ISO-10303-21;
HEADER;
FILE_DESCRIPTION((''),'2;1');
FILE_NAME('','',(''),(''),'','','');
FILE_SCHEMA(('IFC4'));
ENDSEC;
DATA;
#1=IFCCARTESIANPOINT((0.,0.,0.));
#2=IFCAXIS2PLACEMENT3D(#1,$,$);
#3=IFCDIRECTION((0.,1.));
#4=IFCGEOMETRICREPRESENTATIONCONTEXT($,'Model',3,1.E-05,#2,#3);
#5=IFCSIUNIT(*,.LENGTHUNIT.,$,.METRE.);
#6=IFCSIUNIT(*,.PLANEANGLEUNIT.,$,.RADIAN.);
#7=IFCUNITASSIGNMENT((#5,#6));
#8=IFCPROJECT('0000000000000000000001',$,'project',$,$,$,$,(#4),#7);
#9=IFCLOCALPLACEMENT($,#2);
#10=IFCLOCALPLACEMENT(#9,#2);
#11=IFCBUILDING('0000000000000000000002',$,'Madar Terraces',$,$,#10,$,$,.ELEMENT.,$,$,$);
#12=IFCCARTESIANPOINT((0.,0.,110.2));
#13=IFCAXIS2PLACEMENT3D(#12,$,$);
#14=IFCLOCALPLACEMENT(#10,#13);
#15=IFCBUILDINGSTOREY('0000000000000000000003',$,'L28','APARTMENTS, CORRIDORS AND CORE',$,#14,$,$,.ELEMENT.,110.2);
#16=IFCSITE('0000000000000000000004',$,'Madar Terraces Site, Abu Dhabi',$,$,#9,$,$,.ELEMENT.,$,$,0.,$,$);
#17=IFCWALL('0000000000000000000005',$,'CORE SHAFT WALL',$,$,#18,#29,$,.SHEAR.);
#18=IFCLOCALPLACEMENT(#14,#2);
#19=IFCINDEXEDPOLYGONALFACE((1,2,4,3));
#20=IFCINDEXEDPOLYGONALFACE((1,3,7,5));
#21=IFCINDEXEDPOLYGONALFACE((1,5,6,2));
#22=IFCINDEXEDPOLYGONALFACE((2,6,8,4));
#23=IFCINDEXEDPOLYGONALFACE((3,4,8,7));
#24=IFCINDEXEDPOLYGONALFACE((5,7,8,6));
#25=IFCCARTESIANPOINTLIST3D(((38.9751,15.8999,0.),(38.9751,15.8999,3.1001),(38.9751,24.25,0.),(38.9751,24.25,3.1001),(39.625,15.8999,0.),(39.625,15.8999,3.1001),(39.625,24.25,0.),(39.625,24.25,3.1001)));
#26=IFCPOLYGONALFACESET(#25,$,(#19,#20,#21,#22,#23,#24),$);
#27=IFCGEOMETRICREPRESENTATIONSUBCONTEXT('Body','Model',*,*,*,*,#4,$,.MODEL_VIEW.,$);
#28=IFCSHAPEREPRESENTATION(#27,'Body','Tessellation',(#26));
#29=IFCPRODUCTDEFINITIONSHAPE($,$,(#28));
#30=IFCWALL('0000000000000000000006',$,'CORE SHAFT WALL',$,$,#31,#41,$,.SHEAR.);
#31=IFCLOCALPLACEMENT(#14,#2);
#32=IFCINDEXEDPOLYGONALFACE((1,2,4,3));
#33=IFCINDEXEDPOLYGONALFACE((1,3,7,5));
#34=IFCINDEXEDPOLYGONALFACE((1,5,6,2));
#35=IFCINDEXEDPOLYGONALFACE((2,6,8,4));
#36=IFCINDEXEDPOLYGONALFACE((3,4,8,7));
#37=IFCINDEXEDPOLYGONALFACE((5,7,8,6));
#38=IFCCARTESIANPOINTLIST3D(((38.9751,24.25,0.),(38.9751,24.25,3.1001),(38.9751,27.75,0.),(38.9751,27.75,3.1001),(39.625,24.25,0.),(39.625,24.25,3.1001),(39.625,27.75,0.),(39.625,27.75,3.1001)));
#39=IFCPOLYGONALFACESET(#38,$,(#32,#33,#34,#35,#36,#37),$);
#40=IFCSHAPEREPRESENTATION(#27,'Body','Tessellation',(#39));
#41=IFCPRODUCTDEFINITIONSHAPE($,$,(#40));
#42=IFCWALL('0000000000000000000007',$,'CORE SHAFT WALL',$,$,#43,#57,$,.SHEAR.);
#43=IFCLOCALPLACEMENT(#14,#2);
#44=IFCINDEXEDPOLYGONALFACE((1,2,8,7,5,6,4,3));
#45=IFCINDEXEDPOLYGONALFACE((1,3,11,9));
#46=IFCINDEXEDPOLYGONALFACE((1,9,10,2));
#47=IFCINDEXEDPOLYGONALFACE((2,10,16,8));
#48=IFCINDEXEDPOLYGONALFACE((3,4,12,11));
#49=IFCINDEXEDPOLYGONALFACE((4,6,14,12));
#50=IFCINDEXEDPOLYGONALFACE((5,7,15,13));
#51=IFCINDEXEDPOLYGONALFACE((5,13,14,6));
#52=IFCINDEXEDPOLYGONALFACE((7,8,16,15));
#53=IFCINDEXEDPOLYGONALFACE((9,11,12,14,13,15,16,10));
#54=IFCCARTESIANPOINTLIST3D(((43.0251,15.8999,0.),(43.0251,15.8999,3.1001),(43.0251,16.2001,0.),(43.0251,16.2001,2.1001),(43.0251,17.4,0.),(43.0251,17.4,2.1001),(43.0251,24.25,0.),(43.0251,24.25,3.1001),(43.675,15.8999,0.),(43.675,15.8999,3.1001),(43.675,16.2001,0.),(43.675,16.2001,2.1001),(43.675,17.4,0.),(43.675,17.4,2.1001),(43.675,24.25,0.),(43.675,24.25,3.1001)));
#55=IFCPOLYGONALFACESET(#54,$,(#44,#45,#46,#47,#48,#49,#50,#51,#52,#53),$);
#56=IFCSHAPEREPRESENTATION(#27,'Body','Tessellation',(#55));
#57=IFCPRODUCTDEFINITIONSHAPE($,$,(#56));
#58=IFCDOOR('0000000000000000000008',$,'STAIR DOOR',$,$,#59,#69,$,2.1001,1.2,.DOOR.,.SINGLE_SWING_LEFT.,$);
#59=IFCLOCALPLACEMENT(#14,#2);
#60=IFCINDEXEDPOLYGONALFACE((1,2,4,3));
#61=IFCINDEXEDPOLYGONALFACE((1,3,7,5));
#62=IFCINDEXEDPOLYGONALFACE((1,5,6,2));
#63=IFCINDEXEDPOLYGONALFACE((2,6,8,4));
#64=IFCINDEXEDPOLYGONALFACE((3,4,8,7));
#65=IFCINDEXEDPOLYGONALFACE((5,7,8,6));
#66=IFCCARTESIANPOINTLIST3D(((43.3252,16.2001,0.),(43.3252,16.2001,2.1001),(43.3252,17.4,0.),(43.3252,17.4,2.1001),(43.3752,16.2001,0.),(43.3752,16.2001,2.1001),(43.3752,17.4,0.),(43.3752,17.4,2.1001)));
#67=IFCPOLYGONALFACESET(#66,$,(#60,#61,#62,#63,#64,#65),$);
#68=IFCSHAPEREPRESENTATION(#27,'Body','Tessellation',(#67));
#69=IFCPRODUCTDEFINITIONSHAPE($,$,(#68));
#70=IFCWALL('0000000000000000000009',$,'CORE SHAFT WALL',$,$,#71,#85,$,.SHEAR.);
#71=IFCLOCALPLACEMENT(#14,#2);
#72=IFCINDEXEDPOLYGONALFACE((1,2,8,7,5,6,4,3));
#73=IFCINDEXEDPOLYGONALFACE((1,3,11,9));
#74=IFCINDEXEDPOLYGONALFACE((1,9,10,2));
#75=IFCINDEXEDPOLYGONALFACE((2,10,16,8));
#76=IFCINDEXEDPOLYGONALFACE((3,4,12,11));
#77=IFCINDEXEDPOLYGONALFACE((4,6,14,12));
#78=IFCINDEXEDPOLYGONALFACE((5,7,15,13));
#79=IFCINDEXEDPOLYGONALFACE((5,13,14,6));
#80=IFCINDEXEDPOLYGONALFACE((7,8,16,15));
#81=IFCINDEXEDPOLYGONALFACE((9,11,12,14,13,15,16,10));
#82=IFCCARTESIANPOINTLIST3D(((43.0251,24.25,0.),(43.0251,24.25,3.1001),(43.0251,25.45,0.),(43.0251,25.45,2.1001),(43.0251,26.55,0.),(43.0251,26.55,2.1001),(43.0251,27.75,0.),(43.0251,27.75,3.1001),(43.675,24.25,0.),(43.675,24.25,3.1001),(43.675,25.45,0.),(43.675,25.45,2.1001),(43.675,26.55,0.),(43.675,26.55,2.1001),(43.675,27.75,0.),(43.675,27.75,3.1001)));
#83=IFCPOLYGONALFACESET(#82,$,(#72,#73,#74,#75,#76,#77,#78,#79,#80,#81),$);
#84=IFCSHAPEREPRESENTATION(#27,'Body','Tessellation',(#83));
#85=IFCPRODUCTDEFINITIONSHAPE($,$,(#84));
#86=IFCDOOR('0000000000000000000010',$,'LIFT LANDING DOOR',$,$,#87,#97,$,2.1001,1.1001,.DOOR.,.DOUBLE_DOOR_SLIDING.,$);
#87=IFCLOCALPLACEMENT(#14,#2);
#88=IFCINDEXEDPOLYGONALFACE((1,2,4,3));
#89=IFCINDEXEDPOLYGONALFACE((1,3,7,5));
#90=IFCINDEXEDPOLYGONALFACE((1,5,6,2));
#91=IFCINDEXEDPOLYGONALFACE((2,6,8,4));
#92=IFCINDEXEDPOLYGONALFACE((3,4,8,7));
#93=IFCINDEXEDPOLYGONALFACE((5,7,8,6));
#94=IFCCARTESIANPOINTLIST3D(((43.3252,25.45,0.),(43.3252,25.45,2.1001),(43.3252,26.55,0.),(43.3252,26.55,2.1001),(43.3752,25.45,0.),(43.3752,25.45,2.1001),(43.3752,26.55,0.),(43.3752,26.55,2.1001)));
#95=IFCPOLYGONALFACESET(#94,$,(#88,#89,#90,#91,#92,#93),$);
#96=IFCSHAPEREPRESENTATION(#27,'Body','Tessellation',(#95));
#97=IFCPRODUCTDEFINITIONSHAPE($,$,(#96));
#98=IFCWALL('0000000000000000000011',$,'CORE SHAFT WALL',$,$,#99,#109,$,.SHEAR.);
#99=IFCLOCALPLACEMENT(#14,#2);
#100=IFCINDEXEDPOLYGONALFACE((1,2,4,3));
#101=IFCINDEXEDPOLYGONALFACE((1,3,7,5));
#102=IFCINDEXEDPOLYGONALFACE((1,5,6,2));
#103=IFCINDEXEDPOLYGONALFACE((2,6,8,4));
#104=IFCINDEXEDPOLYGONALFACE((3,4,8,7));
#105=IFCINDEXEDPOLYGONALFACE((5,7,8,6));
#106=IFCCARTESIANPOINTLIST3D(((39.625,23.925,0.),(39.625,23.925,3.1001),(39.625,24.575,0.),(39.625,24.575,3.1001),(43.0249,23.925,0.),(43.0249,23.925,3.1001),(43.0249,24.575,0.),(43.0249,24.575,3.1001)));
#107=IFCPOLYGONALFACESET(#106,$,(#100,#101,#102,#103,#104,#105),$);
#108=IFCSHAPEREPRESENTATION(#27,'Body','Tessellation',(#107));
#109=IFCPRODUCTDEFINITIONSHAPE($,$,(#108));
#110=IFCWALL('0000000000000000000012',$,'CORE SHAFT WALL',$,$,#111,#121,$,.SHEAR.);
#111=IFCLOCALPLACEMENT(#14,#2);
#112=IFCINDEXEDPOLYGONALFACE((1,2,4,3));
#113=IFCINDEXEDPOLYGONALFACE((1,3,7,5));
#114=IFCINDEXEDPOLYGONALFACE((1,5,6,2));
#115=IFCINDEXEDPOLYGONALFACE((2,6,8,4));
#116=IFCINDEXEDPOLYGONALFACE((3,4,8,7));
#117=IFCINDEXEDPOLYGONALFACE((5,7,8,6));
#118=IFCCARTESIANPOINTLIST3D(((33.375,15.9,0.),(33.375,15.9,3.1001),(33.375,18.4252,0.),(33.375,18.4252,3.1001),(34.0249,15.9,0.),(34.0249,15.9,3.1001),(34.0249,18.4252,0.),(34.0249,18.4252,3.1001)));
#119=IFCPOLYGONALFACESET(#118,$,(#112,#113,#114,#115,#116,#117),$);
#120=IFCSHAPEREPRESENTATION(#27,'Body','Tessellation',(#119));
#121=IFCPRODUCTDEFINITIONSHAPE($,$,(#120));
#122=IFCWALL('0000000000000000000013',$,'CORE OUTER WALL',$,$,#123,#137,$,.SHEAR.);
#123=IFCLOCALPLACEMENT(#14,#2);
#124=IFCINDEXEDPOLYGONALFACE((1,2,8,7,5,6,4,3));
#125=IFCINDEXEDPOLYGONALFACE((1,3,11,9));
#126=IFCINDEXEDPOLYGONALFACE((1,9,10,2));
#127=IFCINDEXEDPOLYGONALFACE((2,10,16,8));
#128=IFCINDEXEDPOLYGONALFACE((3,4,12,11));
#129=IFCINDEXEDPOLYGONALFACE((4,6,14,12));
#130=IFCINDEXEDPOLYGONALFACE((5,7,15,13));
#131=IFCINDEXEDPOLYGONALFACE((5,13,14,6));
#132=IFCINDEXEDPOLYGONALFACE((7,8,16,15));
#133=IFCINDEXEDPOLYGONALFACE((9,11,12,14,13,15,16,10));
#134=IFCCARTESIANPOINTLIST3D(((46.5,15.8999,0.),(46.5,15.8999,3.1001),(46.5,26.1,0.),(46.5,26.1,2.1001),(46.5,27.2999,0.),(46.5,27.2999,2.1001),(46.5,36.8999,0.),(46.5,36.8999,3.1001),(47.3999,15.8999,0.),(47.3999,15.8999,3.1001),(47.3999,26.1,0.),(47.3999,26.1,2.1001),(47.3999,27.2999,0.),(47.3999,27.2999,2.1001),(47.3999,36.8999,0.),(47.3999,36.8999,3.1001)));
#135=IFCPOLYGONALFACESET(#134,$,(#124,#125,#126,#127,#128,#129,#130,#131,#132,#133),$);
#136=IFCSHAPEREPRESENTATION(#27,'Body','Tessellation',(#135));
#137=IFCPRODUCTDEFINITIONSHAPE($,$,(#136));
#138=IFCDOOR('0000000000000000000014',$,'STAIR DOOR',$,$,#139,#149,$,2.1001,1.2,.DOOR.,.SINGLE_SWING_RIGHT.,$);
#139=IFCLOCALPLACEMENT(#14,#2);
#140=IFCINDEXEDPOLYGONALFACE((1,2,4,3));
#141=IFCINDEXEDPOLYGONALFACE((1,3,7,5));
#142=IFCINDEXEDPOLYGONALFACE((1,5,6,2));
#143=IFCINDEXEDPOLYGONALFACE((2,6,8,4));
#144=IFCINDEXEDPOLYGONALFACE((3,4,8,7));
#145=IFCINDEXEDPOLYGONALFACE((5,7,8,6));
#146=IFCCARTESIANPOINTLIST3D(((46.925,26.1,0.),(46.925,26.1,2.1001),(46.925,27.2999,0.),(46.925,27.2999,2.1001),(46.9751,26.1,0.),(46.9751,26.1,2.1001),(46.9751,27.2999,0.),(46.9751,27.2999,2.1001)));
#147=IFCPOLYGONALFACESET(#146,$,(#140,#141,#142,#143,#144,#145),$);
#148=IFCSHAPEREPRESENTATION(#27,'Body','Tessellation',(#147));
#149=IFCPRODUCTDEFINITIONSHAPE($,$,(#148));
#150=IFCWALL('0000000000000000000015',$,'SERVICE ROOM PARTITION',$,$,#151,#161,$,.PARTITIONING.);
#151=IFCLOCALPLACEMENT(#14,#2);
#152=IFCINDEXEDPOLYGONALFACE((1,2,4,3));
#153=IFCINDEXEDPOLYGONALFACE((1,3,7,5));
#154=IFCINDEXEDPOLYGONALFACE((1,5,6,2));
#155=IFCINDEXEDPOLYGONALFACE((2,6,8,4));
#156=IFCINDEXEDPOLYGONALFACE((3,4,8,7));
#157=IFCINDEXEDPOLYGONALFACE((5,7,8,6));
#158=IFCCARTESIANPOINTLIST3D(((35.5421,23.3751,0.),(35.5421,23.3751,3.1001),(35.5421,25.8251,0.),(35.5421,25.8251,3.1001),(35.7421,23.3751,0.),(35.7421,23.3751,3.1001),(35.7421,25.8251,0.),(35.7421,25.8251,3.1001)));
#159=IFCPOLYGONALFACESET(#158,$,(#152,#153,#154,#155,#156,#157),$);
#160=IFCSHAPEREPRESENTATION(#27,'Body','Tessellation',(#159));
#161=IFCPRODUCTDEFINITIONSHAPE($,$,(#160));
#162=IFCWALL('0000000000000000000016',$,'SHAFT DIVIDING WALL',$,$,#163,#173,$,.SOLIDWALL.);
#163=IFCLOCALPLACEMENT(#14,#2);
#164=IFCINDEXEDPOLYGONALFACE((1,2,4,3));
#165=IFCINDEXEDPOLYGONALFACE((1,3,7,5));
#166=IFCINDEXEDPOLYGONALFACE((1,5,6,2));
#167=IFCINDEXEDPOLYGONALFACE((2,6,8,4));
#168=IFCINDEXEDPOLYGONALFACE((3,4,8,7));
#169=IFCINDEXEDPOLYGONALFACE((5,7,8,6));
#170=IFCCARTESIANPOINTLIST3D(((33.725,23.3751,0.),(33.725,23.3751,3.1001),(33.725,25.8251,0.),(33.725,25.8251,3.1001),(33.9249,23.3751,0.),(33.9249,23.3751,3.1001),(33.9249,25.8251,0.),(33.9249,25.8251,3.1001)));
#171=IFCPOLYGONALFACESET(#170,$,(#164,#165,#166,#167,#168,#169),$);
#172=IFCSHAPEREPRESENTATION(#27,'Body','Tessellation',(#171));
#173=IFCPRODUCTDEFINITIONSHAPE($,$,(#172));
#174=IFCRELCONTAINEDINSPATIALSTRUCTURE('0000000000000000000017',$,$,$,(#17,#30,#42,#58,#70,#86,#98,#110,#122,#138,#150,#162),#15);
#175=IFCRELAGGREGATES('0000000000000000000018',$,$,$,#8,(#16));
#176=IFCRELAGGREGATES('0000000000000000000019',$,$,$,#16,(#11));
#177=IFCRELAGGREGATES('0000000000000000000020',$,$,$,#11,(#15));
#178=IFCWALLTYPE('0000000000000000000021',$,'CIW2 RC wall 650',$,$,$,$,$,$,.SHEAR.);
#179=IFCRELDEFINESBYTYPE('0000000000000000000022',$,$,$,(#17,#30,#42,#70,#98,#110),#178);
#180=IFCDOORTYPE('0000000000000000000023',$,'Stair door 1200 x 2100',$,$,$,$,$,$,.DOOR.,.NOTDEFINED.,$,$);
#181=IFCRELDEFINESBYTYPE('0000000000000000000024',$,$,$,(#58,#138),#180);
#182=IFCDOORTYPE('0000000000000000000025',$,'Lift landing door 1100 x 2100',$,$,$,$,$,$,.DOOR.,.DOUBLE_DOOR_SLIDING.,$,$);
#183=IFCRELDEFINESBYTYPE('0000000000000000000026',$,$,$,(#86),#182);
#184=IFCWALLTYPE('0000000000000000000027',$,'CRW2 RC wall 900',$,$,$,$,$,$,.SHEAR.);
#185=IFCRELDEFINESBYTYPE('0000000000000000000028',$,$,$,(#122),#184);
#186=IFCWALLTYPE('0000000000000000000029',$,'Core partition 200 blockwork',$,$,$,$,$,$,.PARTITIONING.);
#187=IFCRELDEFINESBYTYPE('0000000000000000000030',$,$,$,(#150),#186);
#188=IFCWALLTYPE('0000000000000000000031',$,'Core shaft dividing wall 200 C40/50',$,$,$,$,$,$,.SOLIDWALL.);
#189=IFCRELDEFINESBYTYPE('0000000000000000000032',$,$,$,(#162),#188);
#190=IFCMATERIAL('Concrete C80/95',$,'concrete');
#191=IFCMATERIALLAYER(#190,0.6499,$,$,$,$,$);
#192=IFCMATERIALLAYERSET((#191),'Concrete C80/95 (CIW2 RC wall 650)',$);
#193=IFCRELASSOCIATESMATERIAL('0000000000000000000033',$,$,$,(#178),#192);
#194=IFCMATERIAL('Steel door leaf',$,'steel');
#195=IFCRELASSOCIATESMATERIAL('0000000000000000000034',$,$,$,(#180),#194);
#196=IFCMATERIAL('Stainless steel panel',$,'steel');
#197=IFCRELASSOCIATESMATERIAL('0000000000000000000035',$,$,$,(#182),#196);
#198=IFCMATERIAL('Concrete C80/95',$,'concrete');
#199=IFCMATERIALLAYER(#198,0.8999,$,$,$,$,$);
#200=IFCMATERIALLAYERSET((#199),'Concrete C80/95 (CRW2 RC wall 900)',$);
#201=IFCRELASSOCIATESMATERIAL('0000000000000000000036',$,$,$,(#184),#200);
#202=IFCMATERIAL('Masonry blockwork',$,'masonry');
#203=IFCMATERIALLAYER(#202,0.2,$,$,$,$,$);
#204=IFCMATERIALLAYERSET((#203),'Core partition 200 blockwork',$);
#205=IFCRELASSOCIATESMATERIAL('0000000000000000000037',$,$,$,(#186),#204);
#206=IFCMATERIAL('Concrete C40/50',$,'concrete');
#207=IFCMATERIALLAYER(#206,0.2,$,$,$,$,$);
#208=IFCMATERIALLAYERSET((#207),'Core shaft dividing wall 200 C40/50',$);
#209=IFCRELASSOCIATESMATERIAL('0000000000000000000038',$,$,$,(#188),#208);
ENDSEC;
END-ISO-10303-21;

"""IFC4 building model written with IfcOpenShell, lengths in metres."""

from ifc_helpers import new_model, si_unit, direction, frame, frame_2d, origin, place, context, subcontext, project, spatial, rectangle, extrude, material, layer, layer_set, type_object, element, fill, save


model = new_model("IFC4")

# Units and contexts
model_context = context("Model", 3, precision=1e-05, world=origin(), true_north=direction((0.0, 1.0)))
body_context = subcontext(model_context, "Body", "Model", "MODEL_VIEW")
ifc_project = project(units=[si_unit("LENGTHUNIT", "METRE"), si_unit("PLANEANGLEUNIT", "RADIAN")], contexts=[model_context])

# Site, building, storey
site_placement = place(None, origin())
site = spatial("IfcSite", under=ifc_project, at=site_placement, Name="Madar Terraces Site, Abu Dhabi", CompositionType="ELEMENT", RefElevation=0.0)
building_placement = place(site_placement, origin())
building = spatial("IfcBuilding", under=site, at=building_placement, Name="Madar Terraces", CompositionType="ELEMENT")
storey_placement = place(building_placement, frame((0.0, 0.0, 110.2)))
storey = spatial("IfcBuildingStorey", under=building, at=storey_placement, Name="L28", Description="APARTMENTS, CORRIDORS AND CORE", CompositionType="ELEMENT", Elevation=110.2)

# Walls
ifc_material_1 = material(Name="Concrete C80/95", Category="concrete")
ifc_layer_1 = layer(ifc_material_1, 0.6499)
ifc_layer_set_1 = layer_set([ifc_layer_1], Name="Concrete C80/95 (CIW2 RC wall 650)")
wall_type_1 = type_object("IfcWallType", Name="CIW2 RC wall 650", PredefinedType="SHEAR", material=ifc_layer_set_1)
wall_1_placement = place(storey_placement, frame((39.3, 15.8999, 0.0), z_axis=(0.0, 0.0, 1.0), x_axis=(0.0, 1.0, 0.0)))
element("IfcWall", 1, at=wall_1_placement, inside=storey, type_object=wall_type_1, Name="CORE SHAFT WALL", PredefinedType="SHEAR", context=body_context, shape_type="SweptSolid", body=[
    extrude(rectangle(XDim=8.3501, YDim=0.6499, at=frame_2d((4.175, 0.0))), origin(), (0.0, 0.0, 1.0), 3.1001),
])
wall_2_placement = place(storey_placement, frame((39.3, 24.25, 0.0), z_axis=(0.0, 0.0, 1.0), x_axis=(0.0, 1.0, 0.0)))
element("IfcWall", 2, at=wall_2_placement, inside=storey, type_object=wall_type_1, Name="CORE SHAFT WALL", PredefinedType="SHEAR", context=body_context, shape_type="SweptSolid", body=[
    extrude(rectangle(XDim=3.5, YDim=0.6499, at=frame_2d((1.75, 0.0))), origin(), (0.0, 0.0, 1.0), 3.1001),
])

# Walls, openings, doors
wall_3_placement = place(storey_placement, frame((43.3501, 15.8999, 0.0), z_axis=(0.0, 0.0, 1.0), x_axis=(0.0, 1.0, 0.0)))
wall_3 = element("IfcWall", 3, at=wall_3_placement, inside=storey, type_object=wall_type_1, Name="CORE SHAFT WALL", PredefinedType="SHEAR", context=body_context, shape_type="SweptSolid", body=[
    extrude(rectangle(XDim=8.3501, YDim=0.6499, at=frame_2d((4.175, 0.0))), origin(), (0.0, 0.0, 1.0), 3.1001),
])
opening_1_placement = place(wall_3_placement, frame((0.3, 0.0, 0.0)))
opening_1 = element("IfcOpeningElement", 4, at=opening_1_placement, cuts=wall_3, PredefinedType="OPENING", context=body_context, shape_type="SweptSolid", body=[
    extrude(rectangle(XDim=1.2, YDim=2.1001, at=frame_2d((0.6001, 1.05))), frame((0.0, 0.335, 0.0), z_axis=(0.0, -1.0, 0.0), x_axis=(1.0, 0.0, 0.0)), (0.0, 0.0, 1.0), 0.6699),
])
ifc_material_2 = material(Name="Steel door leaf", Category="steel")
door_type_1 = type_object("IfcDoorType", Name="Stair door 1200 x 2100", OperationType="NOTDEFINED", PredefinedType="DOOR", material=ifc_material_2)
door_1_placement = place(opening_1_placement, origin())
door_1 = element("IfcDoor", 5, at=door_1_placement, inside=storey, type_object=door_type_1, Name="STAIR DOOR", OperationType="SINGLE_SWING_LEFT", OverallHeight=2.1001, OverallWidth=1.2, PredefinedType="DOOR", context=body_context, shape_type="SweptSolid", body=[
    extrude(rectangle(XDim=1.2, YDim=2.1001, at=frame_2d((0.6001, 1.05))), frame((0.0, 0.0249, 0.0), z_axis=(0.0, -1.0, 0.0), x_axis=(1.0, 0.0, 0.0)), (0.0, 0.0, 1.0), 0.05),
])
fill(opening_1, door_1)
wall_4_placement = place(storey_placement, frame((43.3501, 24.25, 0.0), z_axis=(0.0, 0.0, 1.0), x_axis=(0.0, 1.0, 0.0)))
wall_4 = element("IfcWall", 6, at=wall_4_placement, inside=storey, type_object=wall_type_1, Name="CORE SHAFT WALL", PredefinedType="SHEAR", context=body_context, shape_type="SweptSolid", body=[
    extrude(rectangle(XDim=3.5, YDim=0.6499, at=frame_2d((1.75, 0.0))), origin(), (0.0, 0.0, 1.0), 3.1001),
])
opening_2_placement = place(wall_4_placement, frame((1.2, 0.0, 0.0)))
opening_2 = element("IfcOpeningElement", 7, at=opening_2_placement, cuts=wall_4, PredefinedType="OPENING", context=body_context, shape_type="SweptSolid", body=[
    extrude(rectangle(XDim=1.1001, YDim=2.1001, at=frame_2d((0.55, 1.05))), frame((0.0, 0.335, 0.0), z_axis=(0.0, -1.0, 0.0), x_axis=(1.0, 0.0, 0.0)), (0.0, 0.0, 1.0), 0.6699),
])
ifc_material_3 = material(Name="Stainless steel panel", Category="steel")
door_type_2 = type_object("IfcDoorType", Name="Lift landing door 1100 x 2100", OperationType="DOUBLE_DOOR_SLIDING", PredefinedType="DOOR", material=ifc_material_3)
door_2_placement = place(opening_2_placement, origin())
door_2 = element("IfcDoor", 8, at=door_2_placement, inside=storey, type_object=door_type_2, Name="LIFT LANDING DOOR", OperationType="DOUBLE_DOOR_SLIDING", OverallHeight=2.1001, OverallWidth=1.1001, PredefinedType="DOOR", context=body_context, shape_type="SweptSolid", body=[
    extrude(rectangle(XDim=1.1001, YDim=2.1001, at=frame_2d((0.55, 1.05))), frame((0.0, 0.0249, 0.0), z_axis=(0.0, -1.0, 0.0), x_axis=(1.0, 0.0, 0.0)), (0.0, 0.0, 1.0), 0.05),
])
fill(opening_2, door_2)

# Walls
wall_5_placement = place(storey_placement, frame((39.625, 24.25, 0.0), z_axis=(0.0, 0.0, 1.0), x_axis=(1.0, 0.0, 0.0)))
element("IfcWall", 9, at=wall_5_placement, inside=storey, type_object=wall_type_1, Name="CORE SHAFT WALL", PredefinedType="SHEAR", context=body_context, shape_type="SweptSolid", body=[
    extrude(rectangle(XDim=3.3999, YDim=0.6499, at=frame_2d((1.7, 0.0))), origin(), (0.0, 0.0, 1.0), 3.1001),
])
wall_6_placement = place(storey_placement, frame((33.7, 15.8999, 0.0), z_axis=(0.0, 0.0, 1.0), x_axis=(0.0, 1.0, 0.0)))
element("IfcWall", 10, at=wall_6_placement, inside=storey, type_object=wall_type_1, Name="CORE SHAFT WALL", PredefinedType="SHEAR", context=body_context, shape_type="SweptSolid", body=[
    extrude(rectangle(XDim=2.5251, YDim=0.6499, at=frame_2d((1.2627, 0.0))), origin(), (0.0, 0.0, 1.0), 3.1001),
])

# Wall, opening, door
ifc_material_4 = material(Name="Concrete C80/95", Category="concrete")
ifc_layer_2 = layer(ifc_material_4, 0.8999)
ifc_layer_set_2 = layer_set([ifc_layer_2], Name="Concrete C80/95 (CRW2 RC wall 900)")
wall_type_2 = type_object("IfcWallType", Name="CRW2 RC wall 900", PredefinedType="SHEAR", material=ifc_layer_set_2)
wall_7_placement = place(storey_placement, frame((46.95, 15.8999, 0.0), z_axis=(0.0, 0.0, 1.0), x_axis=(0.0, 1.0, 0.0)))
wall_7 = element("IfcWall", 11, at=wall_7_placement, inside=storey, type_object=wall_type_2, Name="CORE OUTER WALL", PredefinedType="SHEAR", context=body_context, shape_type="SweptSolid", body=[
    extrude(rectangle(XDim=21.0, YDim=0.8999, at=frame_2d((10.5, 0.0))), origin(), (0.0, 0.0, 1.0), 3.1001),
])
opening_3_placement = place(wall_7_placement, frame((10.2, 0.0, 0.0)))
opening_3 = element("IfcOpeningElement", 12, at=opening_3_placement, cuts=wall_7, PredefinedType="OPENING", context=body_context, shape_type="SweptSolid", body=[
    extrude(rectangle(XDim=1.2, YDim=2.1001, at=frame_2d((0.6001, 1.05))), frame((0.0, 0.46, 0.0), z_axis=(0.0, -1.0, 0.0), x_axis=(1.0, 0.0, 0.0)), (0.0, 0.0, 1.0), 0.9199),
])
door_3_placement = place(opening_3_placement, origin())
door_3 = element("IfcDoor", 13, at=door_3_placement, inside=storey, type_object=door_type_1, Name="STAIR DOOR", OperationType="SINGLE_SWING_RIGHT", OverallHeight=2.1001, OverallWidth=1.2, PredefinedType="DOOR", context=body_context, shape_type="SweptSolid", body=[
    extrude(rectangle(XDim=1.2, YDim=2.1001, at=frame_2d((0.6001, 1.05))), frame((0.0, 0.0249, 0.0), z_axis=(0.0, -1.0, 0.0), x_axis=(1.0, 0.0, 0.0)), (0.0, 0.0, 1.0), 0.05),
])
fill(opening_3, door_3)

# Walls
ifc_material_5 = material(Name="Masonry blockwork", Category="masonry")
ifc_layer_3 = layer(ifc_material_5, 0.2)
ifc_layer_set_3 = layer_set([ifc_layer_3], Name="Core partition 200 blockwork")
wall_type_3 = type_object("IfcWallType", Name="Core partition 200 blockwork", PredefinedType="PARTITIONING", material=ifc_layer_set_3)
wall_8_placement = place(storey_placement, frame((35.6421, 23.375, 0.0), z_axis=(0.0, 0.0, 1.0), x_axis=(0.0, 1.0, 0.0)))
element("IfcWall", 14, at=wall_8_placement, inside=storey, type_object=wall_type_3, Name="SERVICE ROOM PARTITION", PredefinedType="PARTITIONING", context=body_context, shape_type="SweptSolid", body=[
    extrude(rectangle(XDim=2.45, YDim=0.2, at=frame_2d((1.2251, 0.0))), origin(), (0.0, 0.0, 1.0), 3.1001),
])
ifc_material_6 = material(Name="Concrete C40/50", Category="concrete")
ifc_layer_4 = layer(ifc_material_6, 0.2)
ifc_layer_set_4 = layer_set([ifc_layer_4], Name="Core shaft dividing wall 200 C40/50")
wall_type_4 = type_object("IfcWallType", Name="Core shaft dividing wall 200 C40/50", PredefinedType="SOLIDWALL", material=ifc_layer_set_4)
wall_9_placement = place(storey_placement, frame((33.825, 23.375, 0.0), z_axis=(0.0, 0.0, 1.0), x_axis=(0.0, 1.0, 0.0)))
element("IfcWall", 15, at=wall_9_placement, inside=storey, type_object=wall_type_4, Name="SHAFT DIVIDING WALL", PredefinedType="SOLIDWALL", context=body_context, shape_type="SweptSolid", body=[
    extrude(rectangle(XDim=2.45, YDim=0.2, at=frame_2d((1.2251, 0.0))), origin(), (0.0, 0.0, 1.0), 3.1001),
])

save(model, "model.ifc")
